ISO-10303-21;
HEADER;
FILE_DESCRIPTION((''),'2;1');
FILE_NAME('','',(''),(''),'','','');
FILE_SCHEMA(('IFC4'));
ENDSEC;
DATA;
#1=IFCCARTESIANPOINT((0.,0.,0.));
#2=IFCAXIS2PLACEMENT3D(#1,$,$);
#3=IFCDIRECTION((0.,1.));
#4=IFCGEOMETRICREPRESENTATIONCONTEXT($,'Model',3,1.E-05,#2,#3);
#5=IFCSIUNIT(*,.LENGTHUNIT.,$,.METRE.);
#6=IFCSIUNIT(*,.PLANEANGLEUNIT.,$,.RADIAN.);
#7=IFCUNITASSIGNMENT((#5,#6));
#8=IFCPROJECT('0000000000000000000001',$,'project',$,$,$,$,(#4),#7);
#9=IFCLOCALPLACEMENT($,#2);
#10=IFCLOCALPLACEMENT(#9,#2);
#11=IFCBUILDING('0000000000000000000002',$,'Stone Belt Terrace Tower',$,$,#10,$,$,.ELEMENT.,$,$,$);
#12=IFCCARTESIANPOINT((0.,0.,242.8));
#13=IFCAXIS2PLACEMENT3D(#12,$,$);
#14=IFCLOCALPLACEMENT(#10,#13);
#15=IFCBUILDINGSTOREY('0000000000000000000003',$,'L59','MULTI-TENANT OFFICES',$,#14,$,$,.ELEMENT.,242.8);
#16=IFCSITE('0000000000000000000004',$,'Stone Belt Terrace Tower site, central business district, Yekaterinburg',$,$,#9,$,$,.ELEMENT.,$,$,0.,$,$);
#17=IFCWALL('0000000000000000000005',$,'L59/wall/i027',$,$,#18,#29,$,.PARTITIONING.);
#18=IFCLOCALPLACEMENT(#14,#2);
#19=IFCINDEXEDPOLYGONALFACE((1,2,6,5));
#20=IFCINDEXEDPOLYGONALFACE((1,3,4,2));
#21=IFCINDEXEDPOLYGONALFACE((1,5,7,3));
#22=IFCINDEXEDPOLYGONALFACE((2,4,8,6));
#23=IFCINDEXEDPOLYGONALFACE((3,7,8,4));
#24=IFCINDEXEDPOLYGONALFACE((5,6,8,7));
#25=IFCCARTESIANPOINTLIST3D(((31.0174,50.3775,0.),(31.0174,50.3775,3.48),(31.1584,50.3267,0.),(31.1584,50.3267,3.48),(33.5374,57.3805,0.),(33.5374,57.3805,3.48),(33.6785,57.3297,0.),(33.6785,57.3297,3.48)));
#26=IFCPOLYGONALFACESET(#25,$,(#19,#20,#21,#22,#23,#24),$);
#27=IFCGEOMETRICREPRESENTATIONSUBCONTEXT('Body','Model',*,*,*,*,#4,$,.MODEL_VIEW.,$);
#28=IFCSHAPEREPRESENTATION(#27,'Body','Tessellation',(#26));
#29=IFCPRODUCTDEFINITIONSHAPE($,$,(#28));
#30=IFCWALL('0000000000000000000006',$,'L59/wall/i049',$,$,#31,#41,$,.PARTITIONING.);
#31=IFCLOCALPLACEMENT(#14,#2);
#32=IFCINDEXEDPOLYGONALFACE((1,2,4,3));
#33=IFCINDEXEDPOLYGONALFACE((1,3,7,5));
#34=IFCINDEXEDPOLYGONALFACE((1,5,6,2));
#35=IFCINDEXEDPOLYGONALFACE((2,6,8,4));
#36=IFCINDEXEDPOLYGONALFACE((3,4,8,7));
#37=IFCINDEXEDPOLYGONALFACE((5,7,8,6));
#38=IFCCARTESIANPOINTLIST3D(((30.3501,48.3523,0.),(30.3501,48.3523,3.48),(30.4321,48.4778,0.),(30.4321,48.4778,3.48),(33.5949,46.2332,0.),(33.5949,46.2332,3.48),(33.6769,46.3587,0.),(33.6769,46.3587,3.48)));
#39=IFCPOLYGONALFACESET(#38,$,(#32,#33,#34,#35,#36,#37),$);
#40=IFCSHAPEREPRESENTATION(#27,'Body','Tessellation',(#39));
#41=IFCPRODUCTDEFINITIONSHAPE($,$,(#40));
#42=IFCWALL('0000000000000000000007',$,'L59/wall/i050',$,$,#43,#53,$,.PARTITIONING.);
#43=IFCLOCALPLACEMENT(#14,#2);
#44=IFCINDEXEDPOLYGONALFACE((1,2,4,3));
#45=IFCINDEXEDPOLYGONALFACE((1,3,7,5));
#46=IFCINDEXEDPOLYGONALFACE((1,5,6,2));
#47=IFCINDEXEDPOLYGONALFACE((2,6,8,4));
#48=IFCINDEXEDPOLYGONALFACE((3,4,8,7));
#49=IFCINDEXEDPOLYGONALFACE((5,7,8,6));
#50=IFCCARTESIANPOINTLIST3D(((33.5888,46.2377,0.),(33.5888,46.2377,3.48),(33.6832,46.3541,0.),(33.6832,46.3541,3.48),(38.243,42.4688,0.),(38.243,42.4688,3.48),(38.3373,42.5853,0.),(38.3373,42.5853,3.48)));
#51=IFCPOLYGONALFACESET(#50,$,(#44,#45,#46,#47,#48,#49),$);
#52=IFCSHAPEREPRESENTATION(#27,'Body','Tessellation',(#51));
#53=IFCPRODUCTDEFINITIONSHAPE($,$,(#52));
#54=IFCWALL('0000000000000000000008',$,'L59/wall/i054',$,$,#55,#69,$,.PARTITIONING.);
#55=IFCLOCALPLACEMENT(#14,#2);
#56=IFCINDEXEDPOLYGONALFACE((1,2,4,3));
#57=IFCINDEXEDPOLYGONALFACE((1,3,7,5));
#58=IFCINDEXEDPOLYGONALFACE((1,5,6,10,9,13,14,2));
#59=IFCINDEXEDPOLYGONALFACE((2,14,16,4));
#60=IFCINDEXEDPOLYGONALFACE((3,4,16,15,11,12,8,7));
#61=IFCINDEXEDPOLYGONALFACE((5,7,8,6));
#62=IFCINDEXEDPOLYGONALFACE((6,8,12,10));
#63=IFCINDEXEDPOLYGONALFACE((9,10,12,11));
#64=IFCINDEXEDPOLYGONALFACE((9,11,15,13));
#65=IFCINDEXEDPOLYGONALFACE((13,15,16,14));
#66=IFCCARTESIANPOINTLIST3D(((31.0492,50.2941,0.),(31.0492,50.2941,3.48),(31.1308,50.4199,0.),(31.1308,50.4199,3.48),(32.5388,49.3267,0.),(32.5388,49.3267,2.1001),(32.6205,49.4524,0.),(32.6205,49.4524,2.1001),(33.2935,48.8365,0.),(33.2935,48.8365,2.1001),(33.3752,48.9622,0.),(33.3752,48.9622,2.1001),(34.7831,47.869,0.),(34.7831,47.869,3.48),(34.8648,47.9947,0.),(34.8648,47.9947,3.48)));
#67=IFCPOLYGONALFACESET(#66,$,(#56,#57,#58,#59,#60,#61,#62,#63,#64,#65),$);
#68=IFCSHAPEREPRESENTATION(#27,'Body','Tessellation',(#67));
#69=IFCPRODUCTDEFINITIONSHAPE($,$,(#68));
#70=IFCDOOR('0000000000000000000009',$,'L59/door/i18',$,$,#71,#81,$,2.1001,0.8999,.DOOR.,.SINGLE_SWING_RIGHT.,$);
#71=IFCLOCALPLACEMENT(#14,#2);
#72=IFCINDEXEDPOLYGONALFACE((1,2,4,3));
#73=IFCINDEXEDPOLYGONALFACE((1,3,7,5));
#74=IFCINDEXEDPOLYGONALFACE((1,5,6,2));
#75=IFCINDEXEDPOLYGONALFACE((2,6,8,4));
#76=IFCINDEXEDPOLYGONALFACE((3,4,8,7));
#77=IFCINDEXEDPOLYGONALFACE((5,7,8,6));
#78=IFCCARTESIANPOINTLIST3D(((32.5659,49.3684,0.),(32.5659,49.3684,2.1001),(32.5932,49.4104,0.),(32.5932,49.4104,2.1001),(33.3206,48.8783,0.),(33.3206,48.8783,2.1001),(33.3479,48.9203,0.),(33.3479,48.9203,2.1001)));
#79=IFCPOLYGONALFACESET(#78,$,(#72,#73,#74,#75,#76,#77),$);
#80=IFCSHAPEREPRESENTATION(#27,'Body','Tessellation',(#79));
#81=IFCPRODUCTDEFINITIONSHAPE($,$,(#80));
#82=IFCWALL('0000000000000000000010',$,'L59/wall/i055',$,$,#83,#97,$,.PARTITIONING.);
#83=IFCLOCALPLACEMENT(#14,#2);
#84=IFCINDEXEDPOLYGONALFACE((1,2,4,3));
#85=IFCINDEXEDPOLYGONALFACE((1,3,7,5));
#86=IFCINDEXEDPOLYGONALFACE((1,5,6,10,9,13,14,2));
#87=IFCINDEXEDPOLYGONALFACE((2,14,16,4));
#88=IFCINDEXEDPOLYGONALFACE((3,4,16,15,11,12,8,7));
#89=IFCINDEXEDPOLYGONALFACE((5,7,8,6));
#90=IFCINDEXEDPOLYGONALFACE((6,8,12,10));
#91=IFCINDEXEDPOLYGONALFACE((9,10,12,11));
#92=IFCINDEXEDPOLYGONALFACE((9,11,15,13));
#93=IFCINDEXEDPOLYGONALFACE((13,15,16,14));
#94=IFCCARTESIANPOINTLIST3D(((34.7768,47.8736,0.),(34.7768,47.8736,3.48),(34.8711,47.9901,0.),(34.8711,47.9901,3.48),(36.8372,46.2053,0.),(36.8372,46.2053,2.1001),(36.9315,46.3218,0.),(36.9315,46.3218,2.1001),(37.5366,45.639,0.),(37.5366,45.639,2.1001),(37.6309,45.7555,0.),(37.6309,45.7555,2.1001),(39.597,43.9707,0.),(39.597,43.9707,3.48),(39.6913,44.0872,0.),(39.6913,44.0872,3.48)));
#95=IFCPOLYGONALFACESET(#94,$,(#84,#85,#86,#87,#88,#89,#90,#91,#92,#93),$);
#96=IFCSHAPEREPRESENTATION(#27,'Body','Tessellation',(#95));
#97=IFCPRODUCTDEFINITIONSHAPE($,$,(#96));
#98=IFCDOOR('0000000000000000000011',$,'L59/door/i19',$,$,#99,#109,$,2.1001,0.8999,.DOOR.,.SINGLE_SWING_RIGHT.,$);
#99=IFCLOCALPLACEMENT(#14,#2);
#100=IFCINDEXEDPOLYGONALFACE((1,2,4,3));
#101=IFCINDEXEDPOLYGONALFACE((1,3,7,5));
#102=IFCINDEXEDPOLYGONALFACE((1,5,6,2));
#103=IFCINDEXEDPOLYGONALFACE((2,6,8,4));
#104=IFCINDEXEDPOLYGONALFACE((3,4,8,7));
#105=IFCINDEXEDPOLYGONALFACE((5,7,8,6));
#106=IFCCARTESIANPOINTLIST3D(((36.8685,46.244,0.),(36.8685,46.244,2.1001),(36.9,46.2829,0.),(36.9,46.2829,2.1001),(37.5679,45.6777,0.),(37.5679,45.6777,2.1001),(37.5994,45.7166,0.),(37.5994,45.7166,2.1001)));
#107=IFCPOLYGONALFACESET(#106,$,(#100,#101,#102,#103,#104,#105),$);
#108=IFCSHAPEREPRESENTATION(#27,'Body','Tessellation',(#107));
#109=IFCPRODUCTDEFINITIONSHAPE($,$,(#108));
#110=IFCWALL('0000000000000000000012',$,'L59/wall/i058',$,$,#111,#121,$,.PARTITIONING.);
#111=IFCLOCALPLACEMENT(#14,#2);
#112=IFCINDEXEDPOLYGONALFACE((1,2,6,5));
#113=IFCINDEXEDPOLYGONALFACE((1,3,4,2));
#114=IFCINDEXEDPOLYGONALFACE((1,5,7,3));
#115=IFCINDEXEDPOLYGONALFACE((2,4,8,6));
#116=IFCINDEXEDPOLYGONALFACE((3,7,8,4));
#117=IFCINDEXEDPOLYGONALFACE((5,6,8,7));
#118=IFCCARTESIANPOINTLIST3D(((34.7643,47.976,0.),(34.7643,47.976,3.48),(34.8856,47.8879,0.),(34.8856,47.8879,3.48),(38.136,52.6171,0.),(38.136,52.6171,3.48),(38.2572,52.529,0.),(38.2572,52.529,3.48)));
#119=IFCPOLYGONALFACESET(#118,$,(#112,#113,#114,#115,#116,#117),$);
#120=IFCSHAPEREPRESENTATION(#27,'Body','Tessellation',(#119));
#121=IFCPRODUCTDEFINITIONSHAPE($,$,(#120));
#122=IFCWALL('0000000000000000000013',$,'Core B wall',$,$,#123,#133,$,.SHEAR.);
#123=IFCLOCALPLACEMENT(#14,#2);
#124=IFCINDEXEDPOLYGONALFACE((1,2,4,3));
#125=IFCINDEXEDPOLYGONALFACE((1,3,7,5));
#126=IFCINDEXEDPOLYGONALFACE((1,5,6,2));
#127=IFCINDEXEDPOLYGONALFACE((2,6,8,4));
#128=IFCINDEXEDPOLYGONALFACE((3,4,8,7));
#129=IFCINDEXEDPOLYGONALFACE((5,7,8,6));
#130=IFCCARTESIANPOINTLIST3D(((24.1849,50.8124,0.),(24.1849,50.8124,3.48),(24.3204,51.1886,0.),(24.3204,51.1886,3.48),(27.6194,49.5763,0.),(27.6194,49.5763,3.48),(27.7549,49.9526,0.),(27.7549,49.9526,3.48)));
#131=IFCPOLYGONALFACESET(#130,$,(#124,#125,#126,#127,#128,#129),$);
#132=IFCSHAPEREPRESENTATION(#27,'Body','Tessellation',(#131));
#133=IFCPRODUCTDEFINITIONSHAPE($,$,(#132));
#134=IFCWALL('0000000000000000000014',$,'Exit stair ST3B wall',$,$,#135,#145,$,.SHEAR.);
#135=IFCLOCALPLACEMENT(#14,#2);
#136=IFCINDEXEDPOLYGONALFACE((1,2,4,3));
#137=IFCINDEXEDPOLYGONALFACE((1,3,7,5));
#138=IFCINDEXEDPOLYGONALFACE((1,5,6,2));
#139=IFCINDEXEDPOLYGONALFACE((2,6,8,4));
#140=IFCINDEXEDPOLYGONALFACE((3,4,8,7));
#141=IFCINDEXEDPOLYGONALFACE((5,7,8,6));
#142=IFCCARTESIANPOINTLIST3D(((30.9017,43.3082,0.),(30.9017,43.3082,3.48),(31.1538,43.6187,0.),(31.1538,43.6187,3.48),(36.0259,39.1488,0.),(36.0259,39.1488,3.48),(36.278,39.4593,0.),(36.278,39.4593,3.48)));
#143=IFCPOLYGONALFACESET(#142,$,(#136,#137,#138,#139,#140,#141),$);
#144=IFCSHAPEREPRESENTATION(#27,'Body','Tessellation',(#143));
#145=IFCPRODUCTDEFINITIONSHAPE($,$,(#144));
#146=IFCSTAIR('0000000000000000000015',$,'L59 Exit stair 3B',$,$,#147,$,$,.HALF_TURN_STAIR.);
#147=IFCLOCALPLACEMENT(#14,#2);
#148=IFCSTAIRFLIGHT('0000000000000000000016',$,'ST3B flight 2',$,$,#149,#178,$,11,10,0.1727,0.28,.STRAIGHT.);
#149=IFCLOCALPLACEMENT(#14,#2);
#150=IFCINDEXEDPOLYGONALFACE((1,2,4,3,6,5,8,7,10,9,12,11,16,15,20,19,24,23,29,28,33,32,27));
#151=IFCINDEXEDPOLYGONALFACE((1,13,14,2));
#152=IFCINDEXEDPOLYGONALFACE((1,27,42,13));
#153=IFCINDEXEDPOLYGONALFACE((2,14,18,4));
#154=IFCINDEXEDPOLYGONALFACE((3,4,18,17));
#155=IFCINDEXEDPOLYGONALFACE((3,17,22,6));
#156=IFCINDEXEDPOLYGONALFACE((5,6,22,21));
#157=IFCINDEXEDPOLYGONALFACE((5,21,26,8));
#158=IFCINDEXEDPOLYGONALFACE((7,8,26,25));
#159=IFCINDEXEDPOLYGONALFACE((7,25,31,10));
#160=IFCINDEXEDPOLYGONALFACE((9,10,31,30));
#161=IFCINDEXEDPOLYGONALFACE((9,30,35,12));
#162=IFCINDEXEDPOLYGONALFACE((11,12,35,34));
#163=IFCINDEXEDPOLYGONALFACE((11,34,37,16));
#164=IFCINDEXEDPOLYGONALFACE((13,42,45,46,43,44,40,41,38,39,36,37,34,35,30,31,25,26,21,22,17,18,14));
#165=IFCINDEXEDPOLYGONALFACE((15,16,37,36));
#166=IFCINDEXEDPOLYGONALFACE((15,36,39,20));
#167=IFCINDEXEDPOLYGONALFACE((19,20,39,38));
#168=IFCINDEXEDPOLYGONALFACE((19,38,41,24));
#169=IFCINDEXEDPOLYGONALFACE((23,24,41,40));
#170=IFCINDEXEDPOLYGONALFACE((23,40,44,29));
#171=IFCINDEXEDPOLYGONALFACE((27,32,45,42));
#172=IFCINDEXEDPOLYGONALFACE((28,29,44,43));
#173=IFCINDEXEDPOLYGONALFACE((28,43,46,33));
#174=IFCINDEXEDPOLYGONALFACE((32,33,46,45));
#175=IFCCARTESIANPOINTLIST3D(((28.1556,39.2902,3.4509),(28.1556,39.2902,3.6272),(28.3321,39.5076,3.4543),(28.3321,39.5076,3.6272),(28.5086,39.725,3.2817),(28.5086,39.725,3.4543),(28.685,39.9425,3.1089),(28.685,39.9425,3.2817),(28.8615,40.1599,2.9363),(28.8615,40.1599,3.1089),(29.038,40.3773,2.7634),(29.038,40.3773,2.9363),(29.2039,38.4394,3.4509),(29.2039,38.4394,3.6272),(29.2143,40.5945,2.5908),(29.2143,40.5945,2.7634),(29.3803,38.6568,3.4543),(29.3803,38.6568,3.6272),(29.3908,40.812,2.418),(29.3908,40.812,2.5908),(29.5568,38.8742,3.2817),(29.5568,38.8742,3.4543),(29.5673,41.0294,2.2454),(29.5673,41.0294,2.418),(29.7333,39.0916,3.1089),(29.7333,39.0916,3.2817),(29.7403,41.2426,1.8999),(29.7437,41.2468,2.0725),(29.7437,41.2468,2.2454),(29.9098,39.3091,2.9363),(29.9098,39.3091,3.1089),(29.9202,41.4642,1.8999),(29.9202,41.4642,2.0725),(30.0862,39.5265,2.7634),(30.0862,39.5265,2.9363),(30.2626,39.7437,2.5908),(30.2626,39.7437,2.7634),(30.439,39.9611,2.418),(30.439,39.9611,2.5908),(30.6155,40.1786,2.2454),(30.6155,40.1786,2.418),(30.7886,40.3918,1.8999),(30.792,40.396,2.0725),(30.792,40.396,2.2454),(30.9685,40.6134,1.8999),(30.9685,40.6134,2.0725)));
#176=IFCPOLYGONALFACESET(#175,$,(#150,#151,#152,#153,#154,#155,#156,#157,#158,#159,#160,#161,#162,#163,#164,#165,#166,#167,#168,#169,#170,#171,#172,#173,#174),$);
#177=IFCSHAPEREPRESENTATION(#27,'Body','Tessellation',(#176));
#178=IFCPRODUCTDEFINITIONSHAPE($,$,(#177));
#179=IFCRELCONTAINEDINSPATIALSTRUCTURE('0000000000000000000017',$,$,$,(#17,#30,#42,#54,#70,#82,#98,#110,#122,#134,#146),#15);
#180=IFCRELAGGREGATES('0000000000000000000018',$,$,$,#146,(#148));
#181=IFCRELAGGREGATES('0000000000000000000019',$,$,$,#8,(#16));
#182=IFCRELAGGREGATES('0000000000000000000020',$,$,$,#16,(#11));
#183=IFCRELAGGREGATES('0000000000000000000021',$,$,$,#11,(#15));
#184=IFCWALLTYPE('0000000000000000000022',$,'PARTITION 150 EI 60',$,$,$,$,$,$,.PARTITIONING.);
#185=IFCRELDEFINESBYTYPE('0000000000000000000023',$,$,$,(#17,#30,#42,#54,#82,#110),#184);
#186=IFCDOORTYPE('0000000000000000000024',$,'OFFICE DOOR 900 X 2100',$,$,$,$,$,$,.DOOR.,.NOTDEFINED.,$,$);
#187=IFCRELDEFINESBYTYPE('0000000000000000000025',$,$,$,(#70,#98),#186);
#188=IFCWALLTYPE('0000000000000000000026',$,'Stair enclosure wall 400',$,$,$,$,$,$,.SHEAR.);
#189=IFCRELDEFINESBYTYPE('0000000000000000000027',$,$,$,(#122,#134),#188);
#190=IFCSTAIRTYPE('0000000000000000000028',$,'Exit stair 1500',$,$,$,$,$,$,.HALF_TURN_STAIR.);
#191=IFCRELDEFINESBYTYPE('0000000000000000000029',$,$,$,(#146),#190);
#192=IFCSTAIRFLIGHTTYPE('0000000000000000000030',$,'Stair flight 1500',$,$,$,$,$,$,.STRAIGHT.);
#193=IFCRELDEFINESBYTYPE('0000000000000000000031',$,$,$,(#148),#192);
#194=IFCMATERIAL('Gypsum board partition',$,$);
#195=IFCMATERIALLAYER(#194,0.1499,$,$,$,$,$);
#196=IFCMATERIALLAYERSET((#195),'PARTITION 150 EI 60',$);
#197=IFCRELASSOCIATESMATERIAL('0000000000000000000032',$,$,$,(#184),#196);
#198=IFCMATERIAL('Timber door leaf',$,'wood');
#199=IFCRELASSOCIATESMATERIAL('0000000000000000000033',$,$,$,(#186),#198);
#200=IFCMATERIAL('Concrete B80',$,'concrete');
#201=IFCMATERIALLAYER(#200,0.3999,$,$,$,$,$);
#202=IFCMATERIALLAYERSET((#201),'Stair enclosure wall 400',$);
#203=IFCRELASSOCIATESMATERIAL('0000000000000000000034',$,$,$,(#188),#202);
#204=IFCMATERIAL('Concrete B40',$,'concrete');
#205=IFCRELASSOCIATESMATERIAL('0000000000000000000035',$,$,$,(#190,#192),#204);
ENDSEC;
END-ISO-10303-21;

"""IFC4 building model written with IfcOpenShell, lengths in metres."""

from ifc_helpers import new_model, si_unit, direction, frame, frame_2d, origin, place, context, subcontext, project, spatial, polyline, rectangle, outline, extrude, material, layer, layer_set, type_object, element, fill, aggregate, save


model = new_model("IFC4")

# Units and contexts
model_context = context("Model", 3, precision=1e-05, world=origin(), true_north=direction((0.0, 1.0)))
body_context = subcontext(model_context, "Body", "Model", "MODEL_VIEW")
ifc_project = project(units=[si_unit("LENGTHUNIT", "METRE"), si_unit("PLANEANGLEUNIT", "RADIAN")], contexts=[model_context])

# Site, building, storey
site_placement = place(None, origin())
site = spatial("IfcSite", under=ifc_project, at=site_placement, Name="Stone Belt Terrace Tower site, central business district, Yekaterinburg", CompositionType="ELEMENT", RefElevation=0.0)
building_placement = place(site_placement, origin())
building = spatial("IfcBuilding", under=site, at=building_placement, Name="Stone Belt Terrace Tower", CompositionType="ELEMENT")
storey_placement = place(building_placement, frame((0.0, 0.0, 242.8)))
storey = spatial("IfcBuildingStorey", under=building, at=storey_placement, Name="L59", Description="MULTI-TENANT OFFICES", CompositionType="ELEMENT", Elevation=242.8)

# Shared definitions
ifc_material_1 = material(Name="Concrete B80", Category="concrete")
ifc_material_2 = material(Name="Gypsum board partition")
ifc_layer_1 = layer(ifc_material_2, 0.1499)
ifc_layer_set_1 = layer_set([ifc_layer_1], Name="PARTITION 150 EI 60")
wall_type_1 = type_object("IfcWallType", Name="PARTITION 150 EI 60", PredefinedType="PARTITIONING", material=ifc_layer_set_1)
ifc_material_3 = material(Name="Timber door leaf", Category="wood")
door_type_1 = type_object("IfcDoorType", Name="OFFICE DOOR 900 X 2100", OperationType="NOTDEFINED", PredefinedType="DOOR", material=ifc_material_3)

# Walls
wall_1_placement = place(storey_placement, frame((33.6079, 57.355, 0.0), z_axis=(0.0, 0.0, 1.0), x_axis=(-0.338596, -0.940932, 0.0)))
element("IfcWall", 1, at=wall_1_placement, inside=storey, type_object=wall_type_1, Name="L59/wall/i027", PredefinedType="PARTITIONING", context=body_context, shape_type="SweptSolid", body=[
    extrude(rectangle(XDim=7.4426, YDim=0.1499, at=frame_2d((3.7212, 0.0))), origin(), (0.0, 0.0, 1.0), 3.48),
])
wall_2_placement = place(storey_placement, frame((30.3911, 48.415, 0.0), z_axis=(0.0, 0.0, 1.0), x_axis=(0.837266, -0.546796, 0.0)))
element("IfcWall", 2, at=wall_2_placement, inside=storey, type_object=wall_type_1, Name="L59/wall/i049", PredefinedType="PARTITIONING", context=body_context, shape_type="SweptSolid", body=[
    extrude(rectangle(XDim=3.8755, YDim=0.1499, at=frame_2d((1.9377, 0.0))), origin(), (0.0, 0.0, 1.0), 3.48),
])
wall_3_placement = place(storey_placement, frame((33.636, 46.2959, 0.0), z_axis=(0.0, 0.0, 1.0), x_axis=(0.777144, -0.629323, 0.0)))
element("IfcWall", 3, at=wall_3_placement, inside=storey, type_object=wall_type_1, Name="L59/wall/i050", PredefinedType="PARTITIONING", context=body_context, shape_type="SweptSolid", body=[
    extrude(rectangle(XDim=5.9888, YDim=0.1499, at=frame_2d((2.9944, 0.0))), origin(), (0.0, 0.0, 1.0), 3.48),
])

# Walls, openings, doors
wall_4_placement = place(storey_placement, frame((31.0901, 50.3569, 0.0), z_axis=(0.0, 0.0, 1.0), x_axis=(0.838647, -0.544676, 0.0)))
wall_4 = element("IfcWall", 4, at=wall_4_placement, inside=storey, type_object=wall_type_1, Name="L59/wall/i054", PredefinedType="PARTITIONING", context=body_context, shape_type="SweptSolid", body=[
    extrude(rectangle(XDim=4.4524, YDim=0.1499, at=frame_2d((2.2261, 0.0))), origin(), (0.0, 0.0, 1.0), 3.48),
])
opening_1_placement = place(wall_4_placement, frame((1.7761, 0.0, 0.0)))
opening_1 = element("IfcOpeningElement", 5, at=opening_1_placement, cuts=wall_4, PredefinedType="OPENING", context=body_context, shape_type="SweptSolid", body=[
    extrude(rectangle(XDim=0.8999, YDim=2.1001, at=frame_2d((0.45, 1.05))), frame((0.0, 0.085, 0.0), z_axis=(0.0, -1.0, 0.0), x_axis=(1.0, 0.0, 0.0)), (0.0, 0.0, 1.0), 0.1699),
])
door_1_placement = place(opening_1_placement, origin())
door_1 = element("IfcDoor", 6, at=door_1_placement, inside=storey, type_object=door_type_1, Name="L59/door/i18", OperationType="SINGLE_SWING_RIGHT", OverallHeight=2.1001, OverallWidth=0.8999, PredefinedType="DOOR", context=body_context, shape_type="SweptSolid", body=[
    extrude(rectangle(XDim=0.8999, YDim=2.1001, at=frame_2d((0.45, 1.05))), frame((0.0, 0.0249, 0.0), z_axis=(0.0, -1.0, 0.0), x_axis=(1.0, 0.0, 0.0)), (0.0, 0.0, 1.0), 0.05),
])
fill(opening_1, door_1)
wall_5_placement = place(storey_placement, frame((34.824, 47.9319, 0.0), z_axis=(0.0, 0.0, 1.0), x_axis=(0.777176, -0.629283, 0.0)))
wall_5 = element("IfcWall", 7, at=wall_5_placement, inside=storey, type_object=wall_type_1, Name="L59/wall/i055", PredefinedType="PARTITIONING", context=body_context, shape_type="SweptSolid", body=[
    extrude(rectangle(XDim=6.2021, YDim=0.1499, at=frame_2d((3.1011, 0.0))), origin(), (0.0, 0.0, 1.0), 3.48),
])
opening_2_placement = place(wall_5_placement, frame((2.6511, 0.0, 0.0)))
opening_2 = element("IfcOpeningElement", 8, at=opening_2_placement, cuts=wall_5, PredefinedType="OPENING", context=body_context, shape_type="SweptSolid", body=[
    extrude(rectangle(XDim=0.8999, YDim=2.1001, at=frame_2d((0.45, 1.05))), frame((0.0, 0.085, 0.0), z_axis=(0.0, -1.0, 0.0), x_axis=(1.0, 0.0, 0.0)), (0.0, 0.0, 1.0), 0.1699),
])
door_2_placement = place(opening_2_placement, origin())
door_2 = element("IfcDoor", 9, at=door_2_placement, inside=storey, type_object=door_type_1, Name="L59/door/i19", OperationType="SINGLE_SWING_RIGHT", OverallHeight=2.1001, OverallWidth=0.8999, PredefinedType="DOOR", context=body_context, shape_type="SweptSolid", body=[
    extrude(rectangle(XDim=0.8999, YDim=2.1001, at=frame_2d((0.45, 1.05))), frame((0.0, 0.0249, 0.0), z_axis=(0.0, -1.0, 0.0), x_axis=(1.0, 0.0, 0.0)), (0.0, 0.0, 1.0), 0.05),
])
fill(opening_2, door_2)

# Walls
wall_6_placement = place(storey_placement, frame((38.1965, 52.573, 0.0), z_axis=(0.0, 0.0, 1.0), x_axis=(-0.587741, -0.809049, 0.0)))
element("IfcWall", 10, at=wall_6_placement, inside=storey, type_object=wall_type_1, Name="L59/wall/i058", PredefinedType="PARTITIONING", context=body_context, shape_type="SweptSolid", body=[
    extrude(rectangle(XDim=5.7366, YDim=0.1499, at=frame_2d((2.8682, 0.0))), origin(), (0.0, 0.0, 1.0), 3.48),
])
ifc_layer_2 = layer(ifc_material_1, 0.3999)
ifc_layer_set_2 = layer_set([ifc_layer_2], Name="Stair enclosure wall 400")
wall_type_2 = type_object("IfcWallType", Name="Stair enclosure wall 400", PredefinedType="SHEAR", material=ifc_layer_set_2)
wall_7_placement = place(storey_placement, frame((27.6873, 49.7644, 0.0), z_axis=(0.0, 0.0, 1.0), x_axis=(-0.940919, 0.338632, 0.0)))
element("IfcWall", 11, at=wall_7_placement, inside=storey, type_object=wall_type_2, Name="Core B wall", PredefinedType="SHEAR", context=body_context, shape_type="SweptSolid", body=[
    extrude(rectangle(XDim=3.6501, YDim=0.3999, at=frame_2d((1.8252, 0.0))), origin(), (0.0, 0.0, 1.0), 3.48),
])
wall_8_placement = place(storey_placement, frame((31.0278, 43.4634, 0.0), z_axis=(0.0, 0.0, 1.0), x_axis=(0.776414, -0.630224, 0.0)))
element("IfcWall", 12, at=wall_8_placement, inside=storey, type_object=wall_type_2, Name="Exit stair ST3B wall", PredefinedType="SHEAR", context=body_context, shape_type="SweptSolid", body=[
    extrude(rectangle(XDim=6.5999, YDim=0.3999, at=frame_2d((3.2998, 0.0))), origin(), (0.0, 0.0, 1.0), 3.48),
])

# Stair, stair flight
ifc_material_4 = material(Name="Concrete B40", Category="concrete")
stair_type = type_object("IfcStairType", Name="Exit stair 1500", PredefinedType="HALF_TURN_STAIR", material=ifc_material_4)
stair_placement = place(storey_placement, origin())
stair = element("IfcStair", 13, at=stair_placement, inside=storey, type_object=stair_type, Name="L59 Exit stair 3B", PredefinedType="HALF_TURN_STAIR")
stair_flight_type = type_object("IfcStairFlightType", Name="Stair flight 1500", PredefinedType="STRAIGHT", material=ifc_material_4)
stair_flight_placement = place(storey_placement, frame((30.4443, 41.0388, 1.8999), z_axis=(0.0, 0.0, 1.0), x_axis=(-0.630206, -0.776428, 0.0)))
stair_flight = element("IfcStairFlight", 14, at=stair_flight_placement, type_object=stair_flight_type, Name="ST3B flight 2", NumberOfRisers=11, NumberOfTreads=10, PredefinedType="STRAIGHT", RiserHeight=0.1727, TreadLength=0.28, context=body_context, shape_type="SweptSolid", body=[
    extrude(outline(polyline([(0.0, 0.0), (0.0, 0.1726), (0.28, 0.1726), (0.28, 0.3455), (0.5601, 0.3455), (0.5601, 0.5181), (0.8401, 0.5181), (0.8401, 0.6909), (1.1201, 0.6909), (1.1201, 0.8635), (1.3999, 0.8635), (1.3999, 1.0364), (1.6799, 1.0364), (1.6799, 1.209), (1.96, 1.209), (1.96, 1.3818), (2.24, 1.3818), (2.24, 1.5544), (2.52, 1.5544), (2.52, 1.7273), (2.8, 1.7273), (2.8, 1.8999), (2.8, 1.551), (0.2854, 0.0), (0.0, 0.0)])), frame((0.0, 0.675, 0.0), z_axis=(0.0, -1.0, 0.0), x_axis=(1.0, 0.0, 0.0)), (0.0, 0.0, 1.0), 1.3501),
])
aggregate(stair, [stair_flight])

save(model, "model.ifc")
